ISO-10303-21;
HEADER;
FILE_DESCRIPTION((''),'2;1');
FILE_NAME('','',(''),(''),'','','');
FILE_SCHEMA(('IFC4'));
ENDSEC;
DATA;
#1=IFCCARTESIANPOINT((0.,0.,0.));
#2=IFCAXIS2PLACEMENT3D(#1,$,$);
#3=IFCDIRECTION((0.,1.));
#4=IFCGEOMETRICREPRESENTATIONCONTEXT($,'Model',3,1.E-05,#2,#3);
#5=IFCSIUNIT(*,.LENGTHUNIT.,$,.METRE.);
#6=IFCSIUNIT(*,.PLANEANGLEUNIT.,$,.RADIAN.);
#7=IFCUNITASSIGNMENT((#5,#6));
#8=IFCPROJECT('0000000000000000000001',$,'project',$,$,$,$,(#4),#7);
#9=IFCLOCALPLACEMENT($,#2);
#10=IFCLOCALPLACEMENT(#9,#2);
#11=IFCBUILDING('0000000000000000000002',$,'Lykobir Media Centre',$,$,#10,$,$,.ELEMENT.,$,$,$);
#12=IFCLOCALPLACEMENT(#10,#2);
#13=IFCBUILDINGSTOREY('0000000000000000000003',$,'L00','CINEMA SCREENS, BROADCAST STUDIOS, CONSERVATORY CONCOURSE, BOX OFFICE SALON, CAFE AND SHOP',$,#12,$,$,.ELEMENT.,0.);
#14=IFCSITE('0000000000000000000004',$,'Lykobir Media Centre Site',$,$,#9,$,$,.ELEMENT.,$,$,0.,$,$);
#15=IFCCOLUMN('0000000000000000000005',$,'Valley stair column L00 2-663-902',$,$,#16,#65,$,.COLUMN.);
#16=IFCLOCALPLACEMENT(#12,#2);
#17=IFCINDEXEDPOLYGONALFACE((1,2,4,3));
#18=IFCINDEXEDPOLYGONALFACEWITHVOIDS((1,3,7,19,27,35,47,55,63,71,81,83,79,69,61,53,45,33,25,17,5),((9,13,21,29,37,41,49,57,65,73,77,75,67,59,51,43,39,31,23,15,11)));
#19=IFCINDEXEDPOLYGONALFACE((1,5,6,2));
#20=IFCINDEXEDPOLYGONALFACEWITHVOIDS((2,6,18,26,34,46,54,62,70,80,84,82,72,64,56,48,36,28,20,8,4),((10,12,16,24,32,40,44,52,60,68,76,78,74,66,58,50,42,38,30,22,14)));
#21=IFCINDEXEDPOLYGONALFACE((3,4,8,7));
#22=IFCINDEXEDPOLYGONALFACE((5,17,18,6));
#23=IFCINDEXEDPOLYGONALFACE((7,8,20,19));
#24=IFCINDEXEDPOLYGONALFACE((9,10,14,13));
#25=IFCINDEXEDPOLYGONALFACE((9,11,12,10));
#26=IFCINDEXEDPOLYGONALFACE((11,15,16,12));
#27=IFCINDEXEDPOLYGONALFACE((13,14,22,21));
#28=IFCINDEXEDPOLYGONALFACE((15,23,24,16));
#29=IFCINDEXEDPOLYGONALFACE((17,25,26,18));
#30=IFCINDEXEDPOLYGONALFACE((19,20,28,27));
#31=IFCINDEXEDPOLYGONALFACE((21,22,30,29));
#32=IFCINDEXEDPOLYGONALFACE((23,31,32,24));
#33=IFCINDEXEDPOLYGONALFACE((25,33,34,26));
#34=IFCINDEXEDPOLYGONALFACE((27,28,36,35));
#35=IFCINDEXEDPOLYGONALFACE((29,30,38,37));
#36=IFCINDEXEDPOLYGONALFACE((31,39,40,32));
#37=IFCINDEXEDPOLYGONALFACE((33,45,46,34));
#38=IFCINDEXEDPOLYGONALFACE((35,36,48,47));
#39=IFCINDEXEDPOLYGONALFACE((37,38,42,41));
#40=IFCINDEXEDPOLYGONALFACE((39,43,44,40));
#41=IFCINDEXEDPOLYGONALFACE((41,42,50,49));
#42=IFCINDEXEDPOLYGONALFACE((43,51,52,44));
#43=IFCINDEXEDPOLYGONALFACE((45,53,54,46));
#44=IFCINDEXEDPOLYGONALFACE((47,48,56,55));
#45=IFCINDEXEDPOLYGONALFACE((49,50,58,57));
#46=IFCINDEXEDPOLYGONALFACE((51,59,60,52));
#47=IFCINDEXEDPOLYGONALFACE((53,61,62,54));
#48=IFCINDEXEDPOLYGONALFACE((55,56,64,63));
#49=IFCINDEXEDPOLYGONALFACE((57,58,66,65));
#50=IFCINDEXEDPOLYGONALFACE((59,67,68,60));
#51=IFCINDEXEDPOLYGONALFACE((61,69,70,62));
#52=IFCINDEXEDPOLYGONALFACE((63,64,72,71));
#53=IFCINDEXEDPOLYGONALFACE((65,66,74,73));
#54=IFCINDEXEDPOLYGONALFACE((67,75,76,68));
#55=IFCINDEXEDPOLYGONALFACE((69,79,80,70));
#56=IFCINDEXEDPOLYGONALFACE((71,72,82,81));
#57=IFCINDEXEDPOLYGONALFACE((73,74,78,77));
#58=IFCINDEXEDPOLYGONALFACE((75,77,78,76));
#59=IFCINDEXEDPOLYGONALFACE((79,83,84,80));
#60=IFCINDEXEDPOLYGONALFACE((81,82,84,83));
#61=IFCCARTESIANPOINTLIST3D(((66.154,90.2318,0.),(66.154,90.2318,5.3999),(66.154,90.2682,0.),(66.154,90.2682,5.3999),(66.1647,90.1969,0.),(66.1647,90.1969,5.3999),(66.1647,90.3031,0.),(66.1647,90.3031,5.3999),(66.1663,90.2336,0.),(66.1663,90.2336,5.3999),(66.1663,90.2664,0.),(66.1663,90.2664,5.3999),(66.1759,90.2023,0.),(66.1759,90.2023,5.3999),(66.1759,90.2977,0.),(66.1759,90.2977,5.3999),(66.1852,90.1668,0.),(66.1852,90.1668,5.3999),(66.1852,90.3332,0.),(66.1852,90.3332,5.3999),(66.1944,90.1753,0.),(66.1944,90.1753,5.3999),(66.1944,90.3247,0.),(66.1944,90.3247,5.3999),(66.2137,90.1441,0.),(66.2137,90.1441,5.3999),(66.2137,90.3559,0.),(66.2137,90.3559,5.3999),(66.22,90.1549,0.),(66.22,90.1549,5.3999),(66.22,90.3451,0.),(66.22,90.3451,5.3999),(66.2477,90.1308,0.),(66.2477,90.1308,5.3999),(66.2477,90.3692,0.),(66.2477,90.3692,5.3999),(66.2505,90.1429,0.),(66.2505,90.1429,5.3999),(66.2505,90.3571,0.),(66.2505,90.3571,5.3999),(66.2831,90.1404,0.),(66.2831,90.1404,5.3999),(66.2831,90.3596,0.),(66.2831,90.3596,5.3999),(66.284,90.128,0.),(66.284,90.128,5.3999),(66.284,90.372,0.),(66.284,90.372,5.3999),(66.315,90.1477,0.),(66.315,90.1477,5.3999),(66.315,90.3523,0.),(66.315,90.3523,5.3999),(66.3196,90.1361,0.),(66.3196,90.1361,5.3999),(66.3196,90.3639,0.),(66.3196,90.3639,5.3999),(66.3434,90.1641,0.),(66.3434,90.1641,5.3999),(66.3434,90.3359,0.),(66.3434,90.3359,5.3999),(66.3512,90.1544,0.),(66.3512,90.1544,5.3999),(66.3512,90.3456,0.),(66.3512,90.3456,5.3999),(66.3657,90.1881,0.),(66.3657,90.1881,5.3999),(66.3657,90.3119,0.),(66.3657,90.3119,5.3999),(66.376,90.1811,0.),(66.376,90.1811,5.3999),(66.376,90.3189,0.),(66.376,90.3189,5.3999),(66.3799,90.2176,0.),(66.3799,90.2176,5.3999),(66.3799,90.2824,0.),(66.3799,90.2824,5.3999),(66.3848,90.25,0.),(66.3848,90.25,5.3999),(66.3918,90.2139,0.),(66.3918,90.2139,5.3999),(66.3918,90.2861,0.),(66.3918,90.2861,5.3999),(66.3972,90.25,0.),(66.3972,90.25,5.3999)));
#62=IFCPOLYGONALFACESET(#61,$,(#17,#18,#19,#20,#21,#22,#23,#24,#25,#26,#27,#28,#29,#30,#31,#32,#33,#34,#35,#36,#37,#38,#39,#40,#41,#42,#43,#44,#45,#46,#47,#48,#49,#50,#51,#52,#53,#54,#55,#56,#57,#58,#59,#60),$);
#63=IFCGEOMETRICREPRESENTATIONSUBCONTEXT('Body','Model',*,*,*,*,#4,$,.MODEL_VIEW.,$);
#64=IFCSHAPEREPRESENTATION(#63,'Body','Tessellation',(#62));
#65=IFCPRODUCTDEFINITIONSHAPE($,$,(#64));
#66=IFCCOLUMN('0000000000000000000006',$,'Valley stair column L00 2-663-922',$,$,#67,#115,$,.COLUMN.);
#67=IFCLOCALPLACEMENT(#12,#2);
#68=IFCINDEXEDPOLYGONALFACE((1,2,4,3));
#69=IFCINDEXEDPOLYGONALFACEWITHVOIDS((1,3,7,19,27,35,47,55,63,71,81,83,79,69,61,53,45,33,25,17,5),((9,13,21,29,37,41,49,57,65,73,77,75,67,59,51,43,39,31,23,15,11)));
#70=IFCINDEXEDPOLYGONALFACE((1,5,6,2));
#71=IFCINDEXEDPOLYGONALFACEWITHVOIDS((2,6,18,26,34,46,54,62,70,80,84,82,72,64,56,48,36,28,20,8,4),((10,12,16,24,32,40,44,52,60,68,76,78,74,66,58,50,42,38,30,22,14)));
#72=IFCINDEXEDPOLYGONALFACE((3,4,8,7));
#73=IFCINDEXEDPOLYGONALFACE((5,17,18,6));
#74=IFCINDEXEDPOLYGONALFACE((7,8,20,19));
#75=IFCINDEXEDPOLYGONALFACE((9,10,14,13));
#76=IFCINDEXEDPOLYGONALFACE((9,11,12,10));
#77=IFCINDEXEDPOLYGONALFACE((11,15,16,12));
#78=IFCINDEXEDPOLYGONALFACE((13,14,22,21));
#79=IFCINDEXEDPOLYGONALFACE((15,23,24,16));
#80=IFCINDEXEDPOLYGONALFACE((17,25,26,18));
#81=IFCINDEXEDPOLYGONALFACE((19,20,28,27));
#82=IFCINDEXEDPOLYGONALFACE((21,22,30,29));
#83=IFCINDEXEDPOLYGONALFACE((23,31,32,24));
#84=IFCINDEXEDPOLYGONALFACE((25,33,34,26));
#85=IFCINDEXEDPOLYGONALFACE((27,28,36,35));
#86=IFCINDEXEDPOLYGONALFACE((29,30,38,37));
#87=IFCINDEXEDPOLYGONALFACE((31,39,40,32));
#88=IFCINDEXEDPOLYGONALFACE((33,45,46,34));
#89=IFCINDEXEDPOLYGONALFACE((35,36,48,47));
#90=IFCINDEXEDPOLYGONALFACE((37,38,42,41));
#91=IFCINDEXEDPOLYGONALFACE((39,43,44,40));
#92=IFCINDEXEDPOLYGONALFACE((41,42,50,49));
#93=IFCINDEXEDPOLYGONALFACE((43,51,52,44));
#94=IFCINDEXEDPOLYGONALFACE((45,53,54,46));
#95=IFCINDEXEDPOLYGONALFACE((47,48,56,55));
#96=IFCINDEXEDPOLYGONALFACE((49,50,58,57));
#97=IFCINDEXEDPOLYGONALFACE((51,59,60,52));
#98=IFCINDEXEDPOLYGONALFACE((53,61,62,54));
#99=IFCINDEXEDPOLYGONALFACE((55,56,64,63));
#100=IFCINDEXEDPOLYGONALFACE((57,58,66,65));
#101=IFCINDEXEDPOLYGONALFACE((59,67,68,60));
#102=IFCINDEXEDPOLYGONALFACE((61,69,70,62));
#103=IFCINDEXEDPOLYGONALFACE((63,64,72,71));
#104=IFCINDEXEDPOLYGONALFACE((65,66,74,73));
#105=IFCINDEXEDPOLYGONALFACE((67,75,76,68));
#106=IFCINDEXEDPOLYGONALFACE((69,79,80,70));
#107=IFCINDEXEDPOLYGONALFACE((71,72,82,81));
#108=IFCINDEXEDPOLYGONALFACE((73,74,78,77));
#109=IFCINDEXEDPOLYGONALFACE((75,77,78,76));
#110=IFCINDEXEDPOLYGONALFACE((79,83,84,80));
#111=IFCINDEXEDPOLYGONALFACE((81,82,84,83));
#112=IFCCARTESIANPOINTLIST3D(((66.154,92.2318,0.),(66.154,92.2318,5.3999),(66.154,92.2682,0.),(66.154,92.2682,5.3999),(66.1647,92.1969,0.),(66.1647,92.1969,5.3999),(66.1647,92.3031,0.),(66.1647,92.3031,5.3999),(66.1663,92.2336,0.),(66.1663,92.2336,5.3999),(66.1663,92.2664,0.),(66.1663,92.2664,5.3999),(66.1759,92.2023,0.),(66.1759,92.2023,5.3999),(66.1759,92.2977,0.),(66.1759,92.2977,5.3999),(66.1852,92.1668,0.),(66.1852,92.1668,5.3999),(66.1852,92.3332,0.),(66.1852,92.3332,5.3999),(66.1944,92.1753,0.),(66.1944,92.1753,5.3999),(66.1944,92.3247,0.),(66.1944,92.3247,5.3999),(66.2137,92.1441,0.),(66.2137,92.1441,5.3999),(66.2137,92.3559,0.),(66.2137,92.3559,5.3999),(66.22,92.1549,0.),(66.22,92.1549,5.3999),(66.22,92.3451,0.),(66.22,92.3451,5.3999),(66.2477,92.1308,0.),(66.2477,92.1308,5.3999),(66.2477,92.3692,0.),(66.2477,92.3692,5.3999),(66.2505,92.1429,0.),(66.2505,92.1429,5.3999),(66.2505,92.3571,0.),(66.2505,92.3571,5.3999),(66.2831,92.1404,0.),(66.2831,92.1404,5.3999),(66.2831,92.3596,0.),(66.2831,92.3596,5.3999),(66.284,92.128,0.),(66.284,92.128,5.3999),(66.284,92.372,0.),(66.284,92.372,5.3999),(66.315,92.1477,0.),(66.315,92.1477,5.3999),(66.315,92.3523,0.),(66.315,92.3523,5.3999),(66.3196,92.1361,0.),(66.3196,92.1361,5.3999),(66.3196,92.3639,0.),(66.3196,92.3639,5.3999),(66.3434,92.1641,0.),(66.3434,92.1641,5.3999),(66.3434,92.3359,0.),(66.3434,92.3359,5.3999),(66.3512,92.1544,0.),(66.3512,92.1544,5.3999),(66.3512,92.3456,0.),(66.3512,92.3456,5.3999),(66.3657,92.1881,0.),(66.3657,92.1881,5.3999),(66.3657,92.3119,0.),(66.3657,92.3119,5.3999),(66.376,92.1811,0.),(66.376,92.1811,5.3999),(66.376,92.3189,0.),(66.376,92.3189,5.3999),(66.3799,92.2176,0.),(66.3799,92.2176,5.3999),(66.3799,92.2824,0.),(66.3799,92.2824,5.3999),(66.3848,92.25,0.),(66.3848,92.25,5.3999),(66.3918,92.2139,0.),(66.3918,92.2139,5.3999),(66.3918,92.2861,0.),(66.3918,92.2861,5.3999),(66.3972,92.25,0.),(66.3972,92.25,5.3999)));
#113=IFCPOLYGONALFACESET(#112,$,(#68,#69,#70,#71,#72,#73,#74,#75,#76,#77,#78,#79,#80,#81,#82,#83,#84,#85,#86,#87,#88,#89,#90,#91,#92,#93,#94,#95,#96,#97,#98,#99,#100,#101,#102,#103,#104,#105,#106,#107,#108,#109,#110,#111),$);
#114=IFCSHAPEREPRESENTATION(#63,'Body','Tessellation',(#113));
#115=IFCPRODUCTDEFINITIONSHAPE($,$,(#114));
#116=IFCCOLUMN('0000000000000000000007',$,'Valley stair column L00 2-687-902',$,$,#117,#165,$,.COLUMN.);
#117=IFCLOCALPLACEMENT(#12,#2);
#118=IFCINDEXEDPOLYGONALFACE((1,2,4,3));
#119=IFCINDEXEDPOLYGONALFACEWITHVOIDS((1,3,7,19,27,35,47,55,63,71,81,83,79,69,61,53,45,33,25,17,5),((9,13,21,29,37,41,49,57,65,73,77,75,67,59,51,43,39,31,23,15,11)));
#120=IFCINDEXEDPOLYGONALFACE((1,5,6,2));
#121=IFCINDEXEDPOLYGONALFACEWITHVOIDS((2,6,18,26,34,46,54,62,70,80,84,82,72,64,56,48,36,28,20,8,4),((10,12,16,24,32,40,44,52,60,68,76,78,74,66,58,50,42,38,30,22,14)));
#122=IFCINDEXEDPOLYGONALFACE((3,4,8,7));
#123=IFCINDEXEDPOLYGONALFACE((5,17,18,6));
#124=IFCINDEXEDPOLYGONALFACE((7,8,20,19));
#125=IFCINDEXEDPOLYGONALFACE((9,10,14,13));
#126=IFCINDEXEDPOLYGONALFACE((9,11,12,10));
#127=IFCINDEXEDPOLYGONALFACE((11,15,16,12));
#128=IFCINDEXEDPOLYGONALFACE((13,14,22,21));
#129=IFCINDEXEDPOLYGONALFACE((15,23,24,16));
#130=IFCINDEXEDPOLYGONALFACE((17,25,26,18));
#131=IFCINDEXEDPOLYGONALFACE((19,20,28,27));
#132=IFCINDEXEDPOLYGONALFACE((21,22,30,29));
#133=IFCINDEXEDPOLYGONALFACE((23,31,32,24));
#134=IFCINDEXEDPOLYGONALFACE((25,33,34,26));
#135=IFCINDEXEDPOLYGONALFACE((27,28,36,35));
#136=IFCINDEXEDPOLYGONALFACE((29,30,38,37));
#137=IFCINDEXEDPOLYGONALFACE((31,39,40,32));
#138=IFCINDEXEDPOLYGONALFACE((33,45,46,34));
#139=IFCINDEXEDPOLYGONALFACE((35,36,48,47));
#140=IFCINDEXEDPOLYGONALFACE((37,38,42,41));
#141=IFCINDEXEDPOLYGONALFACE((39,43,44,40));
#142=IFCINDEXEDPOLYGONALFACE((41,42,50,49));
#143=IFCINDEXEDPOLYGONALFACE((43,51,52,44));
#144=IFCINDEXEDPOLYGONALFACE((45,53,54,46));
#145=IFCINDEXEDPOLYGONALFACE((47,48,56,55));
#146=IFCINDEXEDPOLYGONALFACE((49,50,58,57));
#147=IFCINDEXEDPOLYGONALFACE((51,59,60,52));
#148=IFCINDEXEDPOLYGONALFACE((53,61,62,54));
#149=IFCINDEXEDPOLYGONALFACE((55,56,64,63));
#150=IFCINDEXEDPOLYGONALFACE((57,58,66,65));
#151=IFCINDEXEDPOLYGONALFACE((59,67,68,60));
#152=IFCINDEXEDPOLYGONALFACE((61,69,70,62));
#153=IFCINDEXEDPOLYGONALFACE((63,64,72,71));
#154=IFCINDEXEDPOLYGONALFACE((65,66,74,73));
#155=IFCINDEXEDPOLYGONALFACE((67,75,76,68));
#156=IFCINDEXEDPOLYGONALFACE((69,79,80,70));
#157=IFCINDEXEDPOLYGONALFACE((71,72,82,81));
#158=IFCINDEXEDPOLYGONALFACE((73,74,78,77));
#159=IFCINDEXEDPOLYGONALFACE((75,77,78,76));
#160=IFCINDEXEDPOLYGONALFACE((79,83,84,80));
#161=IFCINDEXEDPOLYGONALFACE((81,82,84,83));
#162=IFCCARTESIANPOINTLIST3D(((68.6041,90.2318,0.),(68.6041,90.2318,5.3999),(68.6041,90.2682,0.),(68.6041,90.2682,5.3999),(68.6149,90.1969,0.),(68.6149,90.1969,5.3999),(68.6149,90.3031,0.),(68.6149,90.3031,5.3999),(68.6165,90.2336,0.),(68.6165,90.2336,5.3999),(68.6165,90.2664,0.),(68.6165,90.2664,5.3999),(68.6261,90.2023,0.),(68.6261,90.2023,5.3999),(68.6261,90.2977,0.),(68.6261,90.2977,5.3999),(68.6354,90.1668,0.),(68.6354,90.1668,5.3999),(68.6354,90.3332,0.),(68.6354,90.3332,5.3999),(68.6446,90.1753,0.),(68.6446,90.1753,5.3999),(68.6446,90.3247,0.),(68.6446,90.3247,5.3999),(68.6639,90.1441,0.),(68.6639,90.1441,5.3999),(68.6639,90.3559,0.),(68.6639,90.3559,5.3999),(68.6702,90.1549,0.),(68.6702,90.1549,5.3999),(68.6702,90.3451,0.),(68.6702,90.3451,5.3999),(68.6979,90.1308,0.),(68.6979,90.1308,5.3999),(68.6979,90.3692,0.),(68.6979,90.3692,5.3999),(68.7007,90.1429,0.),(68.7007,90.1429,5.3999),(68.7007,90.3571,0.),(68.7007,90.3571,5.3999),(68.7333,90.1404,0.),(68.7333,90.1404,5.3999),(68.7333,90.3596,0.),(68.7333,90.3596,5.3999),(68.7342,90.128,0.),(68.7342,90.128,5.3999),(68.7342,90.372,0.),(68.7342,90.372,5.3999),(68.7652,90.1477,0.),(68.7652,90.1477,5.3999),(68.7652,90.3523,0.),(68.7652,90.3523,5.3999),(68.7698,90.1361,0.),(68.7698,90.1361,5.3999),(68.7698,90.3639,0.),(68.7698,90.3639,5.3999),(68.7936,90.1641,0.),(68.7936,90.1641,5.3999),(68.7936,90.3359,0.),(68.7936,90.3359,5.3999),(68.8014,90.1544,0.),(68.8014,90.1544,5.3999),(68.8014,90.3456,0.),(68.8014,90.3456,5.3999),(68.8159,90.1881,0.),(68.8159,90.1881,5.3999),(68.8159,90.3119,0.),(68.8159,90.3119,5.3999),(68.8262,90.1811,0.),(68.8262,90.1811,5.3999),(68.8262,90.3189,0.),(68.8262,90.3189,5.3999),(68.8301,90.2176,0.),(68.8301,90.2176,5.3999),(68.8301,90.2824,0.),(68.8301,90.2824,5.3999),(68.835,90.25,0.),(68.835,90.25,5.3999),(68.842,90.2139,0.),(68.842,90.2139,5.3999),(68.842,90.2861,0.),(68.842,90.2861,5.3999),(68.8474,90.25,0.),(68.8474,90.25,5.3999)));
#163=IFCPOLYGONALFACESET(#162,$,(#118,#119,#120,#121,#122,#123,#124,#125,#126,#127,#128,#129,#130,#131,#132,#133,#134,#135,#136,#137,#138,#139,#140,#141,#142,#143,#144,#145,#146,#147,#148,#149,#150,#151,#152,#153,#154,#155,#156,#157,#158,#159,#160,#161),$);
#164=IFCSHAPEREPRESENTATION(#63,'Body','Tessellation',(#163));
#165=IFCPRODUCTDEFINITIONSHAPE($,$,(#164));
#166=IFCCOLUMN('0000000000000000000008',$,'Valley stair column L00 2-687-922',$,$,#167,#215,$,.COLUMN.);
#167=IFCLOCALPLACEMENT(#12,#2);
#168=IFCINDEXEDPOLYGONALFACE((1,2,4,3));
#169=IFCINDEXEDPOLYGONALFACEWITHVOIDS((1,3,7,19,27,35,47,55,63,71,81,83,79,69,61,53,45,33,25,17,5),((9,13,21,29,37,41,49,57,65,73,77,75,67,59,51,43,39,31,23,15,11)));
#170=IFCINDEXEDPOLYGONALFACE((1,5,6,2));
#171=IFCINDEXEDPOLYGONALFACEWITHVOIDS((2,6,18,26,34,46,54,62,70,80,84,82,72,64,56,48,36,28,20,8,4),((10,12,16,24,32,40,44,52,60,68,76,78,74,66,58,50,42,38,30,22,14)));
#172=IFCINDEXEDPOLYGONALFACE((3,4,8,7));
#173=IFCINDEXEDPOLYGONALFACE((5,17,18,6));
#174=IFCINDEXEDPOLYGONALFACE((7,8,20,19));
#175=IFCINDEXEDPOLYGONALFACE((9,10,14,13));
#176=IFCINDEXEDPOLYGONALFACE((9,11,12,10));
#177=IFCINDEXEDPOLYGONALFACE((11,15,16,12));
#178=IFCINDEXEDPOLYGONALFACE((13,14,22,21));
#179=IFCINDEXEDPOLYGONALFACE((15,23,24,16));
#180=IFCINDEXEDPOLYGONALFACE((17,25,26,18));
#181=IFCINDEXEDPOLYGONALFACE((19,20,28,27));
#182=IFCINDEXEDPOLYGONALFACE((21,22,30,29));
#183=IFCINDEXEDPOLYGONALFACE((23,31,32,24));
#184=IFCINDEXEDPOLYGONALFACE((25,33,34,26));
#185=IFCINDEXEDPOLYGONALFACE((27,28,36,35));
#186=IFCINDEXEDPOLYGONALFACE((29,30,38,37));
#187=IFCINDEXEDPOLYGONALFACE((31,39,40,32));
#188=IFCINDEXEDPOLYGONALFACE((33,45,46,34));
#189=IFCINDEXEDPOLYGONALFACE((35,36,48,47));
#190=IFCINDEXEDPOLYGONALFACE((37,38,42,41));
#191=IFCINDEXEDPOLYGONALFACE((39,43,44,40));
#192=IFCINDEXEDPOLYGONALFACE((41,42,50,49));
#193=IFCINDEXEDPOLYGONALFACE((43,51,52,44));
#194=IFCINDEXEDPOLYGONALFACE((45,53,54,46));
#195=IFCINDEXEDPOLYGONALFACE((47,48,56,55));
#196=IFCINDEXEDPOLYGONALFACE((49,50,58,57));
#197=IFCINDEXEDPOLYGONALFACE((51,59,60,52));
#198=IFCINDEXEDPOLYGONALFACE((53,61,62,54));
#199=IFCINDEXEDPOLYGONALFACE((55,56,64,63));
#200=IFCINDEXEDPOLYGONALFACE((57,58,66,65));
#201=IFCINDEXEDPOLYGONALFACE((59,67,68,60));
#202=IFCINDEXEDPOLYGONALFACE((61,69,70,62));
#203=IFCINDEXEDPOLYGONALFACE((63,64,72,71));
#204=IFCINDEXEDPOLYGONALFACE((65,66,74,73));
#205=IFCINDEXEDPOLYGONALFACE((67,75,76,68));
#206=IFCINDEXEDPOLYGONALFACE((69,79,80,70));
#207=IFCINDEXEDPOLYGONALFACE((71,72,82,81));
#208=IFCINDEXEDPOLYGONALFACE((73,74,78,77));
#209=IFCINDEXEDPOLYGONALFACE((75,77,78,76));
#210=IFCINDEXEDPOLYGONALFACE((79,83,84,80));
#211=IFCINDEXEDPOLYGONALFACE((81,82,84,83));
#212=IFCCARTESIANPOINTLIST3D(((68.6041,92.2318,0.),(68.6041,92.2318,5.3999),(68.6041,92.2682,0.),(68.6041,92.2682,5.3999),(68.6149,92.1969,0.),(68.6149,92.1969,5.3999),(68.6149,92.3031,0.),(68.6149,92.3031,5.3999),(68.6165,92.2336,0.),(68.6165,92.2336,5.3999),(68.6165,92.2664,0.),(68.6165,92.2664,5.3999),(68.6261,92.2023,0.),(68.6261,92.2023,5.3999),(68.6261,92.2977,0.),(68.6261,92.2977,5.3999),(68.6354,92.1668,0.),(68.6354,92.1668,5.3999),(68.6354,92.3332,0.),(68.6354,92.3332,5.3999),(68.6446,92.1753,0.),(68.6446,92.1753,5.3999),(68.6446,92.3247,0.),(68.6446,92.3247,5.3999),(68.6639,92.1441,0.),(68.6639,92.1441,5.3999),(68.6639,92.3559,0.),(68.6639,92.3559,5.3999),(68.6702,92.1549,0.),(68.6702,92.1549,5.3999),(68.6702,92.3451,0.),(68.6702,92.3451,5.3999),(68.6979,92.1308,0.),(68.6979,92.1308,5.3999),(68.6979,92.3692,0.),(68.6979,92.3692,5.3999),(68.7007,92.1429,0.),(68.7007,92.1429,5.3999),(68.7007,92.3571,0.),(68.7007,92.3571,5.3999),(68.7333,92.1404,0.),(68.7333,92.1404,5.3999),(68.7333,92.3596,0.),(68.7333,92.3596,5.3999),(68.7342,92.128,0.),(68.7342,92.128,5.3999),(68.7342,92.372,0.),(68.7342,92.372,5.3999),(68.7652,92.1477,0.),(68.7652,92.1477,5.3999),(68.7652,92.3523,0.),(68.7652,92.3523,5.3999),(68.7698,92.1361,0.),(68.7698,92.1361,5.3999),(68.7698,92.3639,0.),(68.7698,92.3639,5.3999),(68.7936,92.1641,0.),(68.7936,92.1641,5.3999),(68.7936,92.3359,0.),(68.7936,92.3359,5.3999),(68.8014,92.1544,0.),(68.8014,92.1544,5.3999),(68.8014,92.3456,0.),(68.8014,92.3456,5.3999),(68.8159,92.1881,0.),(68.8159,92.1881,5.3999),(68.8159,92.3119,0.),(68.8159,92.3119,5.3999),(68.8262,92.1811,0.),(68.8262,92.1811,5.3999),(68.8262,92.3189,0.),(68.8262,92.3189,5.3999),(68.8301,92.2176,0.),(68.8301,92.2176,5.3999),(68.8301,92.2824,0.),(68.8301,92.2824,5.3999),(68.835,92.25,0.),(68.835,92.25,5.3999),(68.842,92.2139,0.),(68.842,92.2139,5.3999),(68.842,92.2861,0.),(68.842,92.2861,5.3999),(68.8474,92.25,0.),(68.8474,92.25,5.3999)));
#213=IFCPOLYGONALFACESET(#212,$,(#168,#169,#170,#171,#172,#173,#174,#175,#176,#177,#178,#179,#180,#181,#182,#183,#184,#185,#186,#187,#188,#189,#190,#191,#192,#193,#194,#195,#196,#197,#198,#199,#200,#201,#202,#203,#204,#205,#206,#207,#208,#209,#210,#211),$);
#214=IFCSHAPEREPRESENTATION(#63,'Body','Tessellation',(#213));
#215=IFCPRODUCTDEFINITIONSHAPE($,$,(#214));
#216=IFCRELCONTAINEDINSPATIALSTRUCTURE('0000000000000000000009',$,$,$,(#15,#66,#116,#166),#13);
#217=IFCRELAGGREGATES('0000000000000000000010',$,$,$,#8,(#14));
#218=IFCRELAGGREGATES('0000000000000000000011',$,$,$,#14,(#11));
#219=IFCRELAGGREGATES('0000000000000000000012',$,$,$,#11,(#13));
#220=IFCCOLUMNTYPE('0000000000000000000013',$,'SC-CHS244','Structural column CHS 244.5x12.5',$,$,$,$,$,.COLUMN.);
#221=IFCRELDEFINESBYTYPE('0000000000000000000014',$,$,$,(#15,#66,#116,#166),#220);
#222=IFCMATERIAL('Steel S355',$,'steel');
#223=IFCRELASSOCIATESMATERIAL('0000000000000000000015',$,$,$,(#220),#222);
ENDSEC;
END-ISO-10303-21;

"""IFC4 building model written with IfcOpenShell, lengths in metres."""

from ifc_helpers import new_model, si_unit, direction, frame, origin, origin_2d, place, context, subcontext, project, spatial, hollow_circle, extrude, material, material_profile, profile_set, type_object, element, save


model = new_model("IFC4")

# Units and contexts
model_context = context("Model", 3, precision=1e-05, world=origin(), true_north=direction((0.0, 1.0)))
body_context = subcontext(model_context, "Body", "Model", "MODEL_VIEW")
ifc_project = project(units=[si_unit("LENGTHUNIT", "METRE"), si_unit("PLANEANGLEUNIT", "RADIAN")], contexts=[model_context])

# Site, building, storey
site_placement = place(None, origin())
site = spatial("IfcSite", under=ifc_project, at=site_placement, Name="Lykobir Media Centre Site", CompositionType="ELEMENT", RefElevation=0.0)
building_placement = place(site_placement, origin())
building = spatial("IfcBuilding", under=site, at=building_placement, Name="Lykobir Media Centre", CompositionType="ELEMENT")
storey_placement = place(building_placement, origin())
storey = spatial("IfcBuildingStorey", under=building, at=storey_placement, Name="L00", Description="CINEMA SCREENS, BROADCAST STUDIOS, CONSERVATORY CONCOURSE, BOX OFFICE SALON, CAFE AND SHOP", CompositionType="ELEMENT", Elevation=0.0)

# Columns
ifc_material_1 = material(Name="Steel S355", Category="steel")
ifc_material_profile_1 = material_profile(ifc_material_1, hollow_circle(Radius=0.1223, WallThickness=0.0125, at=origin_2d()), Name="CHS 244.5x12.5")
ifc_profile_set_1 = profile_set([ifc_material_profile_1], Name="Steel S355")
column_type_1 = type_object("IfcColumnType", Name="SC-CHS244", Description="Structural column CHS 244.5x12.5", PredefinedType="COLUMN", material=ifc_profile_set_1)
for number, where, z_axis, x_axis, name in (
    (1, (66.2749, 90.25, 0.0), (0.0, 0.0, 1.0), (1.0, 0.0, 0.0), "Valley stair column L00 2-663-902"),
    (2, (66.2749, 92.25, 0.0), (0.0, 0.0, 1.0), (1.0, 0.0, 0.0), "Valley stair column L00 2-663-922"),
    (3, (68.7251, 90.25, 0.0), (0.0, 0.0, 1.0), (1.0, 0.0, 0.0), "Valley stair column L00 2-687-902"),
    (4, (68.7251, 92.25, 0.0), (0.0, 0.0, 1.0), (1.0, 0.0, 0.0), "Valley stair column L00 2-687-922"),
):
    element("IfcColumn", number, at=place(storey_placement, frame(where, z_axis=z_axis, x_axis=x_axis)), inside=storey, type_object=column_type_1, Name=name, PredefinedType="COLUMN", context=body_context, shape_type="SweptSolid", body=[
        extrude(hollow_circle(Radius=0.1223, WallThickness=0.0125, at=origin_2d()), origin(), (0.0, 0.0, 1.0), 5.3999),
    ])

save(model, "model.ifc")
